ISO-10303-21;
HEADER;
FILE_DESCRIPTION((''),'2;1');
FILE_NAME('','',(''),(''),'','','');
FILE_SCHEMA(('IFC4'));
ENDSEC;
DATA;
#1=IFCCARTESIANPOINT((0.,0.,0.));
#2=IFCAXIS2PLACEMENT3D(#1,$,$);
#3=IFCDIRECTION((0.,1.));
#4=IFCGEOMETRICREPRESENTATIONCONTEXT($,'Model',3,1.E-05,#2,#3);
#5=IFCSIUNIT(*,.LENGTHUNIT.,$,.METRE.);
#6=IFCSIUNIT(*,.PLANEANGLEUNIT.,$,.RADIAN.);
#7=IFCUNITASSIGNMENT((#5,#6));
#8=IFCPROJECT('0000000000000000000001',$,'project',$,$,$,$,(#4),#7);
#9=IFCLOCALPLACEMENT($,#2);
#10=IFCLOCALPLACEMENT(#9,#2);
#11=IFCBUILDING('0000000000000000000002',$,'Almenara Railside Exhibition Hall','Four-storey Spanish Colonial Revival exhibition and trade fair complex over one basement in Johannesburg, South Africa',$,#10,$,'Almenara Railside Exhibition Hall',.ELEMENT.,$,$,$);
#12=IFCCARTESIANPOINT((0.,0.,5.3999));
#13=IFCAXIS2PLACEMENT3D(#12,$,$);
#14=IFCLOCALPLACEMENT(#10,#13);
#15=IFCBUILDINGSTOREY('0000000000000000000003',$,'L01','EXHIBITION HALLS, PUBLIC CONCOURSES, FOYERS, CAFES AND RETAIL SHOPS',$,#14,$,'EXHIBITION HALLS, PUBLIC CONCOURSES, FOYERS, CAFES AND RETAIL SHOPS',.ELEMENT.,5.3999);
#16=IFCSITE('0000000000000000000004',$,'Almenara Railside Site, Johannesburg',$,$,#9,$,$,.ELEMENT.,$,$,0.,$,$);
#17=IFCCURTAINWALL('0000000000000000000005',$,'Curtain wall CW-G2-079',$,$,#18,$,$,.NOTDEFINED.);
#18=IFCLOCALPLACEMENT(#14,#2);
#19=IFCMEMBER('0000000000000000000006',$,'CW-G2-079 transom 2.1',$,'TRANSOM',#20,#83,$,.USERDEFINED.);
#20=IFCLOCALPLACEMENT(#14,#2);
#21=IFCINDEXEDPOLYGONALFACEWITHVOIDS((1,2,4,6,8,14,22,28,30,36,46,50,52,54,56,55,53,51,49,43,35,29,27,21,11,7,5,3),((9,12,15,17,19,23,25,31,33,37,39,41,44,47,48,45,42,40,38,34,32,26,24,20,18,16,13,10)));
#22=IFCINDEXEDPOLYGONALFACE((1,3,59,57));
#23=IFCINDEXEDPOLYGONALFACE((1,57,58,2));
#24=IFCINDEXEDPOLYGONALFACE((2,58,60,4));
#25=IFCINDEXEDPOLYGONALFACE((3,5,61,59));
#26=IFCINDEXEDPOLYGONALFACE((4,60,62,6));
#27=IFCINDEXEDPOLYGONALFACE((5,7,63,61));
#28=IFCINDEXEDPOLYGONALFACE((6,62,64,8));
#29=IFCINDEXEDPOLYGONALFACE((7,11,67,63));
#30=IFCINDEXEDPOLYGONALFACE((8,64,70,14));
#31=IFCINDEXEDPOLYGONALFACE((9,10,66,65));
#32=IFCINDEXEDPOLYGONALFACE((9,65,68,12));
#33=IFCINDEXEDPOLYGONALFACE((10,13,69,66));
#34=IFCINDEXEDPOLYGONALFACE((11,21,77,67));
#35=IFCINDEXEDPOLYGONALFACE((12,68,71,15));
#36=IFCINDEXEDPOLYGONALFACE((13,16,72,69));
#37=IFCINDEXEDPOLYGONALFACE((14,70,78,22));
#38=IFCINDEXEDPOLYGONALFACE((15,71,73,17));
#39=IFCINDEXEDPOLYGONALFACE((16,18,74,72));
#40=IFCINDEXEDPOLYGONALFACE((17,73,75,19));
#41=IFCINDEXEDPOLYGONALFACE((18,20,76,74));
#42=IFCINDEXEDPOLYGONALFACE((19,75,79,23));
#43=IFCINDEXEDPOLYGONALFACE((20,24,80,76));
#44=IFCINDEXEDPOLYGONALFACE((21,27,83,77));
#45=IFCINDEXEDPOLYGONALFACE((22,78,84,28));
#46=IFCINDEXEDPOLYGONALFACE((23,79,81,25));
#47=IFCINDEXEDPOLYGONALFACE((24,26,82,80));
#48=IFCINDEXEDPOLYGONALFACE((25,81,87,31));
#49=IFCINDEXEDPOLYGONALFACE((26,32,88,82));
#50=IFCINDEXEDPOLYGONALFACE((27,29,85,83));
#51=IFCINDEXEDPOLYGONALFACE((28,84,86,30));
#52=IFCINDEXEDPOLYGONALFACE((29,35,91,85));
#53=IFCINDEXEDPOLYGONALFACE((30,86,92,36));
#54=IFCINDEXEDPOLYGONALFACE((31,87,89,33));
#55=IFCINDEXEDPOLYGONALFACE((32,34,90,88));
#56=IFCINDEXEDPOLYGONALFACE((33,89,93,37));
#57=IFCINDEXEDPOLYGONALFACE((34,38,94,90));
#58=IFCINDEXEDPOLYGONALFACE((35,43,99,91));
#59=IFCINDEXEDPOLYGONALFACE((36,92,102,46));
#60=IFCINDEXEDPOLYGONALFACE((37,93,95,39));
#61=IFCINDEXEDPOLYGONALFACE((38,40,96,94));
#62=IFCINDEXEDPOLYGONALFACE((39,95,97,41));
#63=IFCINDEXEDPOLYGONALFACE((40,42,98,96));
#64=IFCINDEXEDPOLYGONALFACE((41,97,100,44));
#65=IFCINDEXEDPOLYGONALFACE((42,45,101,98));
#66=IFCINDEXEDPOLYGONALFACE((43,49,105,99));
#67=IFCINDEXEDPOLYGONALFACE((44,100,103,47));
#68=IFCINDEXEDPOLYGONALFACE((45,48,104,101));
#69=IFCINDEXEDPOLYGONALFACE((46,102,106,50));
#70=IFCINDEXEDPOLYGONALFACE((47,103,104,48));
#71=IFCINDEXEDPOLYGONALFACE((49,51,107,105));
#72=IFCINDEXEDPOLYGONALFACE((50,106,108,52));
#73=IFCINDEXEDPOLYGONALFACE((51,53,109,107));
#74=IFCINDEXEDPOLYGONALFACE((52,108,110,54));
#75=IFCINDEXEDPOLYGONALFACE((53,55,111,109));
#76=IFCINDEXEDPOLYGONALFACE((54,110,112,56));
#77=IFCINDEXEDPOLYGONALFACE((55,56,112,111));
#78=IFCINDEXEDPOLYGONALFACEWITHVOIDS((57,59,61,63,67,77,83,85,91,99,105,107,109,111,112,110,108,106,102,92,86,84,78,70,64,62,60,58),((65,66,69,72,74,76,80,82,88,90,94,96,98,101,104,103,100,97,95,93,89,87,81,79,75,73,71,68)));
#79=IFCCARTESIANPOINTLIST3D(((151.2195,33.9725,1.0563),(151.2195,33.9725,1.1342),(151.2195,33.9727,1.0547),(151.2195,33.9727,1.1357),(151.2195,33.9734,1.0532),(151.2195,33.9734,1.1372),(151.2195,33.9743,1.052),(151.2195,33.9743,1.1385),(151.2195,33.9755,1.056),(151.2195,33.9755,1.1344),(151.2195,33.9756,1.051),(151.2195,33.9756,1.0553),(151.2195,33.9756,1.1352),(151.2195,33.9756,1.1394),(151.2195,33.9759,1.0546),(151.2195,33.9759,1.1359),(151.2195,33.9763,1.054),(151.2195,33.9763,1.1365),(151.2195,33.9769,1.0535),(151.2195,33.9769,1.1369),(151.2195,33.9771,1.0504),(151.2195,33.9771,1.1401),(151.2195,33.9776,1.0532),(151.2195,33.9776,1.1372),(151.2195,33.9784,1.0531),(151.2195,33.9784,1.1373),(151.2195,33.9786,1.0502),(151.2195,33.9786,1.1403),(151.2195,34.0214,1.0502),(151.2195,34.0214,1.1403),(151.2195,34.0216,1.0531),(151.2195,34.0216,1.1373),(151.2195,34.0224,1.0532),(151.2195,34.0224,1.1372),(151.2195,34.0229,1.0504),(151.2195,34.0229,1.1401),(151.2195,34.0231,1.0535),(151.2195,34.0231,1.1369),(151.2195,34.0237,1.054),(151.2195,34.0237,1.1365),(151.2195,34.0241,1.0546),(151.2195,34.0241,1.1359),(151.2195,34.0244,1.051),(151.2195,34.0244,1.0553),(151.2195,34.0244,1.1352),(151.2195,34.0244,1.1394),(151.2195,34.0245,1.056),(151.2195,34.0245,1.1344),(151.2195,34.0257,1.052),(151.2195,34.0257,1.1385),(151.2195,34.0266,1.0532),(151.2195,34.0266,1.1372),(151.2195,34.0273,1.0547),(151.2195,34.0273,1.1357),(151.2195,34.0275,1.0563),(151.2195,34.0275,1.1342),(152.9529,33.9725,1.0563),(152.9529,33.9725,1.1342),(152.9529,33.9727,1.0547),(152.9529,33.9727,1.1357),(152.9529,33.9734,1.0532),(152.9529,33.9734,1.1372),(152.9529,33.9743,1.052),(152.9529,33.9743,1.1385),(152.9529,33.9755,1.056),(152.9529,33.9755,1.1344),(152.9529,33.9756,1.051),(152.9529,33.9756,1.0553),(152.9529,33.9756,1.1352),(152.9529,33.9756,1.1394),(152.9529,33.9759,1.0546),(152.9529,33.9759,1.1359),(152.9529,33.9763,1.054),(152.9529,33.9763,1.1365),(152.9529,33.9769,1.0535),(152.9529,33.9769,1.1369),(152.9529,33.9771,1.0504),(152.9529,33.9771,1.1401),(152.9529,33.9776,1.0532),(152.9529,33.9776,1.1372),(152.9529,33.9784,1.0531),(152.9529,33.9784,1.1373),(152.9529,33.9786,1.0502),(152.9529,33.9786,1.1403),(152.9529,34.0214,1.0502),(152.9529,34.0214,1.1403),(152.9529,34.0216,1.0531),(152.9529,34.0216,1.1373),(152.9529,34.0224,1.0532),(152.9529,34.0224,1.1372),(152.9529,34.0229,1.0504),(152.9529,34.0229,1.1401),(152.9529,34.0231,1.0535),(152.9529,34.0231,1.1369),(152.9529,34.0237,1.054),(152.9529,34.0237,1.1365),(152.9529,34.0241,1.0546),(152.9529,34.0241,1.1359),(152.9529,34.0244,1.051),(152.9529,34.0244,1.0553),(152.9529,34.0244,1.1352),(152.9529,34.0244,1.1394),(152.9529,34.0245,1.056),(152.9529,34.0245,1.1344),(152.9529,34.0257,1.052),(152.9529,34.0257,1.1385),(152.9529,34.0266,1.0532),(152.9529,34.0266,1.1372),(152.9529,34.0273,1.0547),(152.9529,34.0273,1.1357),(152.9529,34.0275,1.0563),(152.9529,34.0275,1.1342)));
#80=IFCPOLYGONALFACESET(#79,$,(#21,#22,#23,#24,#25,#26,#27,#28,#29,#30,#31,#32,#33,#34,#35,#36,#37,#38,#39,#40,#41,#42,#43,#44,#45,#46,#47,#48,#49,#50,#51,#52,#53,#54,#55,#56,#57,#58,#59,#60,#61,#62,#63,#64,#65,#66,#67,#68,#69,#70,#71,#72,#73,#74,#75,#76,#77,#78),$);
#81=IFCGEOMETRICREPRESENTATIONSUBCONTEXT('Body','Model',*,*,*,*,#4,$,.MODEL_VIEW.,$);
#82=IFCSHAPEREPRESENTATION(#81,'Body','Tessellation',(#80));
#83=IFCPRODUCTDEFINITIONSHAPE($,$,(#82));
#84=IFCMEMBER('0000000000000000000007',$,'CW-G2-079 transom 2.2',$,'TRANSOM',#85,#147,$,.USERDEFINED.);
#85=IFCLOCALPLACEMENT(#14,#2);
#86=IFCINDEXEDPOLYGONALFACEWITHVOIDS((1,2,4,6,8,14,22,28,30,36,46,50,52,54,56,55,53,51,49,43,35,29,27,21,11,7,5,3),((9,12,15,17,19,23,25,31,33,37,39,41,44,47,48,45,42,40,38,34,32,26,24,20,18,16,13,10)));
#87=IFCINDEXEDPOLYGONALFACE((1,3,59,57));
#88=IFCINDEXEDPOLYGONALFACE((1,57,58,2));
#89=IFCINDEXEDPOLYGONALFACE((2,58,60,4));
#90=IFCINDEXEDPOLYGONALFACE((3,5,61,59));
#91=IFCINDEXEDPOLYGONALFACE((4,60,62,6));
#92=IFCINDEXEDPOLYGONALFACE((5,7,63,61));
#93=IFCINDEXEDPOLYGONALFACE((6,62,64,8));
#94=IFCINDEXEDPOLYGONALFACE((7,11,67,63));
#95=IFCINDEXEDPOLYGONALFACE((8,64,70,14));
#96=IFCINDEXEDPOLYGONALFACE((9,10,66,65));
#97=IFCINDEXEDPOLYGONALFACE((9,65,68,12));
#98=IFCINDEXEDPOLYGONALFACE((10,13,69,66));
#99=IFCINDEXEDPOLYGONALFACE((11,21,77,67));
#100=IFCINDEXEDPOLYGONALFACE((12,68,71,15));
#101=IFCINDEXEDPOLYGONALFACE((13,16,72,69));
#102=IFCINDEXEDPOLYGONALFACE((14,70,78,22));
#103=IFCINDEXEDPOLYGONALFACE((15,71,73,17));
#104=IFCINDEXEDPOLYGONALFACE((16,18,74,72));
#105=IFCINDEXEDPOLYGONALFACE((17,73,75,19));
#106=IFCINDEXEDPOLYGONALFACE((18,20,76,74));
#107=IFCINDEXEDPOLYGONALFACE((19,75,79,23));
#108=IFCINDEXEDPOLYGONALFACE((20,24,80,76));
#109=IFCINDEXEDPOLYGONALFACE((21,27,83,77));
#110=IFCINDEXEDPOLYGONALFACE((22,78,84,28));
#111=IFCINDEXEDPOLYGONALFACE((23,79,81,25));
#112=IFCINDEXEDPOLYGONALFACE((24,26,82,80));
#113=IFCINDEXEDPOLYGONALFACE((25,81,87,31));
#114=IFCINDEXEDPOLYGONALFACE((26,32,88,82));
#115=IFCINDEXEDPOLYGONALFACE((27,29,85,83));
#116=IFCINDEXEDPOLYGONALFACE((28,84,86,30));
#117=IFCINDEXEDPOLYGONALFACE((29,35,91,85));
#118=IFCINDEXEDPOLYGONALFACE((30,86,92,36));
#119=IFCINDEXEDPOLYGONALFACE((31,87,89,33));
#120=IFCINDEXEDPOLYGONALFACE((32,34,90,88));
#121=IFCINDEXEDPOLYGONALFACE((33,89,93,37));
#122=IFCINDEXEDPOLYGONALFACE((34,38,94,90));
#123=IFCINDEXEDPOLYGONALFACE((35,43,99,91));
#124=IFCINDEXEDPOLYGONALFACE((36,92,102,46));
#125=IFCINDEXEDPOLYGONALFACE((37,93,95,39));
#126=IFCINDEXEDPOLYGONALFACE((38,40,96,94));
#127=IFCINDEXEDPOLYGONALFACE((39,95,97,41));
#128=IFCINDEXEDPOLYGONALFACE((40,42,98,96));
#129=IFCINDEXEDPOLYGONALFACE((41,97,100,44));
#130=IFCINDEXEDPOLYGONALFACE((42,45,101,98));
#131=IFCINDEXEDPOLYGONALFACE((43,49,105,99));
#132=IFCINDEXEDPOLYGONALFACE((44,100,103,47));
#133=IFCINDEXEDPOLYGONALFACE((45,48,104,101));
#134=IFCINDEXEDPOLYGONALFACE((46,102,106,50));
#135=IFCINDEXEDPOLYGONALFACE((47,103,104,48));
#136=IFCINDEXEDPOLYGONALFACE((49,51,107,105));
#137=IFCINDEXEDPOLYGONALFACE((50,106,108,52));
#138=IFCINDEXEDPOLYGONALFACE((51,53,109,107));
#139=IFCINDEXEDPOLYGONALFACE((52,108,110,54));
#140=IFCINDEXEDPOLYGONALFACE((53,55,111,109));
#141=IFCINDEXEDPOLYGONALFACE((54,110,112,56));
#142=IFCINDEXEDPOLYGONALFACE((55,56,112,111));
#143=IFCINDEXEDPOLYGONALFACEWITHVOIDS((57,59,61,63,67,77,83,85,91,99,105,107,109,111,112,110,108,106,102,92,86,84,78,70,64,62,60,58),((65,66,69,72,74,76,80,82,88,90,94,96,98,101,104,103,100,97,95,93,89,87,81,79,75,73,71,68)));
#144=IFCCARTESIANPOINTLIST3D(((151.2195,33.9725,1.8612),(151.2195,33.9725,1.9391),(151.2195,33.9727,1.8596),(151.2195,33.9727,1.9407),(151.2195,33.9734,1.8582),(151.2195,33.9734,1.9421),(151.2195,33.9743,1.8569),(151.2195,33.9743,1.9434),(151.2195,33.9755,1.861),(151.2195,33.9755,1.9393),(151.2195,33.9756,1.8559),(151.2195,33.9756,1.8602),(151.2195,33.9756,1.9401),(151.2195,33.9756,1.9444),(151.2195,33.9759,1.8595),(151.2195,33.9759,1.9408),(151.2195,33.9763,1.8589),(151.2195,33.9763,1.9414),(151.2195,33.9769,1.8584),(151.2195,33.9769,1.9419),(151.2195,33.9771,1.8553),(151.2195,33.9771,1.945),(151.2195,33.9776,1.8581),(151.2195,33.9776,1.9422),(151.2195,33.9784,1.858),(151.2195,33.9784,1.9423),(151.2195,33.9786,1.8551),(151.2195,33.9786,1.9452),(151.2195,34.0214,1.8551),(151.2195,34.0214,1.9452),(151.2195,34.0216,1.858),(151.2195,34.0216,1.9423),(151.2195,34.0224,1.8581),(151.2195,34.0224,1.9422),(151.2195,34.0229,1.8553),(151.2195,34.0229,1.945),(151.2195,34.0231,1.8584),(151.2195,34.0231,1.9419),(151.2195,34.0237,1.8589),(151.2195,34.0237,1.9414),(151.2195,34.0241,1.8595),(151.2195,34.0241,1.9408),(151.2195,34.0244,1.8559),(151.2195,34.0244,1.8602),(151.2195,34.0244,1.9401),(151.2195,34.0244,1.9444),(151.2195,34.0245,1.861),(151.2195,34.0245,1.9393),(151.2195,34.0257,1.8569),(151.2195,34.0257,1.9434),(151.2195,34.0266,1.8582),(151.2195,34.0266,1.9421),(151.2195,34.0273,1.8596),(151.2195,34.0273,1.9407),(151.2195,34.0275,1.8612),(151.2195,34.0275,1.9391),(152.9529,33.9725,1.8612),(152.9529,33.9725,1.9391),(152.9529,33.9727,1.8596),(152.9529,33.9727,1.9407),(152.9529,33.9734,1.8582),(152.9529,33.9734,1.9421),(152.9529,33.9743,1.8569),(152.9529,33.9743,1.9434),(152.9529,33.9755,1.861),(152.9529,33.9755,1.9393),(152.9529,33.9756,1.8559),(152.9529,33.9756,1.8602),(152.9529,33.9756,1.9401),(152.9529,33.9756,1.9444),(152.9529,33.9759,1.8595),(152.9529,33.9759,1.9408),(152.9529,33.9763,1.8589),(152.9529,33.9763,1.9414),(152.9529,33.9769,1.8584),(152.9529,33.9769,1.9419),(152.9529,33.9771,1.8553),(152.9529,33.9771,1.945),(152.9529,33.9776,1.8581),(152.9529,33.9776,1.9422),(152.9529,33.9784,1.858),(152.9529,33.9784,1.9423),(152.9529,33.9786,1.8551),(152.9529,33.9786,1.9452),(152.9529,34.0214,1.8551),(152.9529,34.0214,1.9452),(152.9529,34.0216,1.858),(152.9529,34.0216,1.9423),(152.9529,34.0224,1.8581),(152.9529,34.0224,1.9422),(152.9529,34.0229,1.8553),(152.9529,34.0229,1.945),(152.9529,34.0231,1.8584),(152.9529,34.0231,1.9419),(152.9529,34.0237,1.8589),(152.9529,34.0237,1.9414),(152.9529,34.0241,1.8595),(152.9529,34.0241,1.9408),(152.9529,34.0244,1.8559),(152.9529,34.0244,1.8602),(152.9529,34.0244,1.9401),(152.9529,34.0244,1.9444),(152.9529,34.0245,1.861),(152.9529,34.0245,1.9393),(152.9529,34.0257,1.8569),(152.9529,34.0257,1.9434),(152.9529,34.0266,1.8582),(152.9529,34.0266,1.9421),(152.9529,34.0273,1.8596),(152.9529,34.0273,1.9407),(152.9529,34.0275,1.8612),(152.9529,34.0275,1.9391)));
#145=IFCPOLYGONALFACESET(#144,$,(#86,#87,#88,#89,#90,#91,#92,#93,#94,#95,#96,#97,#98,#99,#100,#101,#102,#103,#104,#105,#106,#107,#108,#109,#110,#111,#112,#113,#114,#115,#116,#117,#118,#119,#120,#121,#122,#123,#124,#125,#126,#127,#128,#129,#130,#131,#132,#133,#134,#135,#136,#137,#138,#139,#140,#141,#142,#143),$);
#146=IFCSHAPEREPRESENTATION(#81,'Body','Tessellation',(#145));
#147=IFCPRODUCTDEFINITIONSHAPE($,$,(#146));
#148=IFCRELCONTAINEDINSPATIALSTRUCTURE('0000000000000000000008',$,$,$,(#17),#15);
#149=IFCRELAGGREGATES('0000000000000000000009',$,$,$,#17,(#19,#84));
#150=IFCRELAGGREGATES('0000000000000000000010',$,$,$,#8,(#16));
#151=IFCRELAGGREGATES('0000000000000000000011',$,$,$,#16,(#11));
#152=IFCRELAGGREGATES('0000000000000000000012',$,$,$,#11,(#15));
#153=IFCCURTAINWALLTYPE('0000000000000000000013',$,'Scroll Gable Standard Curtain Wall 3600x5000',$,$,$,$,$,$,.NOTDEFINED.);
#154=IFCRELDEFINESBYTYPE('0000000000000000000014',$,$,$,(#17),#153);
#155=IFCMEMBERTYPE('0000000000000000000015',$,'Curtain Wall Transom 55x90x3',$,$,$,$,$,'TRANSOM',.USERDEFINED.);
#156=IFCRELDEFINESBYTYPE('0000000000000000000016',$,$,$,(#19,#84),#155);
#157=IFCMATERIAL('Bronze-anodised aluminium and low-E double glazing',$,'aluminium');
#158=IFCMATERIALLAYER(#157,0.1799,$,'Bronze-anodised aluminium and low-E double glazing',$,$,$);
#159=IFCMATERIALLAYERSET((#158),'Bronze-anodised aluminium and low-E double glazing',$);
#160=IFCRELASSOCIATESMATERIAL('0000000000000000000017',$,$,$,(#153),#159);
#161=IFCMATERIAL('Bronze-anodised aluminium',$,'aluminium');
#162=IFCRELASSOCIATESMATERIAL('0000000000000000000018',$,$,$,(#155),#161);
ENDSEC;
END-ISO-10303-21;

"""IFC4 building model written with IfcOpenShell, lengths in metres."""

from ifc_helpers import new_model, si_unit, direction, frame, origin, origin_2d, place, context, subcontext, project, spatial, hollow_rectangle, extrude, material, layer, layer_set, material_profile, profile_set, type_object, element, aggregate, save


model = new_model("IFC4")

# Units and contexts
model_context = context("Model", 3, precision=1e-05, world=origin(), true_north=direction((0.0, 1.0)))
body_context = subcontext(model_context, "Body", "Model", "MODEL_VIEW")
ifc_project = project(units=[si_unit("LENGTHUNIT", "METRE"), si_unit("PLANEANGLEUNIT", "RADIAN")], contexts=[model_context])

# Site, building, storey
site_placement = place(None, origin())
site = spatial("IfcSite", under=ifc_project, at=site_placement, Name="Almenara Railside Site, Johannesburg", CompositionType="ELEMENT", RefElevation=0.0)
building_placement = place(site_placement, origin())
building = spatial("IfcBuilding", under=site, at=building_placement, Name="Almenara Railside Exhibition Hall", Description="Four-storey Spanish Colonial Revival exhibition and trade fair complex over one basement in Johannesburg, South Africa", LongName="Almenara Railside Exhibition Hall", CompositionType="ELEMENT")
storey_placement = place(building_placement, frame((0.0, 0.0, 5.3999)))
storey = spatial("IfcBuildingStorey", under=building, at=storey_placement, Name="L01", Description="EXHIBITION HALLS, PUBLIC CONCOURSES, FOYERS, CAFES AND RETAIL SHOPS", LongName="EXHIBITION HALLS, PUBLIC CONCOURSES, FOYERS, CAFES AND RETAIL SHOPS", CompositionType="ELEMENT", Elevation=5.3999)

# Curtain wall
ifc_material_1 = material(Name="Bronze-anodised aluminium and low-E double glazing", Category="aluminium")
ifc_layer_1 = layer(ifc_material_1, 0.1799, Name="Bronze-anodised aluminium and low-E double glazing")
ifc_layer_set_1 = layer_set([ifc_layer_1], Name="Bronze-anodised aluminium and low-E double glazing")
curtain_wall_type_1 = type_object("IfcCurtainWallType", Name="Scroll Gable Standard Curtain Wall 3600x5000", PredefinedType="NOTDEFINED", material=ifc_layer_set_1)
curtain_wall_1_placement = place(storey_placement, origin())
curtain_wall_1 = element("IfcCurtainWall", 1, at=curtain_wall_1_placement, inside=storey, type_object=curtain_wall_type_1, Name="Curtain wall CW-G2-079", PredefinedType="NOTDEFINED")
ifc_material_2 = material(Name="Bronze-anodised aluminium", Category="aluminium")

# Members
ifc_material_profile_1 = material_profile(ifc_material_2, hollow_rectangle(XDim=0.0549, YDim=0.0901, WallThickness=0.0029, InnerFilletRadius=0.0029, OuterFilletRadius=0.0061, at=origin_2d()), Name="ALU-TRN 55x90x3")
ifc_profile_set_1 = profile_set([ifc_material_profile_1], Name="Bronze-anodised aluminium")
member_type_1 = type_object("IfcMemberType", Name="Curtain Wall Transom 55x90x3", ElementType="TRANSOM", PredefinedType="USERDEFINED", material=ifc_profile_set_1)
member_1_placement = place(storey_placement, frame((151.2195, 34.0, 1.0952), z_axis=(1.0, 0.0, 0.0), x_axis=(0.0, 1.0, 0.0)))
member_1 = element("IfcMember", 2, at=member_1_placement, type_object=member_type_1, Name="CW-G2-079 transom 2.1", ObjectType="TRANSOM", PredefinedType="USERDEFINED", context=body_context, shape_type="SweptSolid", body=[
    extrude(hollow_rectangle(XDim=0.0549, YDim=0.0901, WallThickness=0.0029, InnerFilletRadius=0.0029, OuterFilletRadius=0.0061, at=origin_2d()), origin(), (0.0, 0.0, 1.0), 1.7334),
])
member_2_placement = place(storey_placement, frame((151.2195, 34.0, 1.9001), z_axis=(1.0, 0.0, 0.0), x_axis=(0.0, 1.0, 0.0)))
member_2 = element("IfcMember", 3, at=member_2_placement, type_object=member_type_1, Name="CW-G2-079 transom 2.2", ObjectType="TRANSOM", PredefinedType="USERDEFINED", context=body_context, shape_type="SweptSolid", body=[
    extrude(hollow_rectangle(XDim=0.0549, YDim=0.0901, WallThickness=0.0029, InnerFilletRadius=0.0029, OuterFilletRadius=0.0061, at=origin_2d()), origin(), (0.0, 0.0, 1.0), 1.7334),
])

aggregate(curtain_wall_1, [member_1, member_2])

save(model, "model.ifc")
